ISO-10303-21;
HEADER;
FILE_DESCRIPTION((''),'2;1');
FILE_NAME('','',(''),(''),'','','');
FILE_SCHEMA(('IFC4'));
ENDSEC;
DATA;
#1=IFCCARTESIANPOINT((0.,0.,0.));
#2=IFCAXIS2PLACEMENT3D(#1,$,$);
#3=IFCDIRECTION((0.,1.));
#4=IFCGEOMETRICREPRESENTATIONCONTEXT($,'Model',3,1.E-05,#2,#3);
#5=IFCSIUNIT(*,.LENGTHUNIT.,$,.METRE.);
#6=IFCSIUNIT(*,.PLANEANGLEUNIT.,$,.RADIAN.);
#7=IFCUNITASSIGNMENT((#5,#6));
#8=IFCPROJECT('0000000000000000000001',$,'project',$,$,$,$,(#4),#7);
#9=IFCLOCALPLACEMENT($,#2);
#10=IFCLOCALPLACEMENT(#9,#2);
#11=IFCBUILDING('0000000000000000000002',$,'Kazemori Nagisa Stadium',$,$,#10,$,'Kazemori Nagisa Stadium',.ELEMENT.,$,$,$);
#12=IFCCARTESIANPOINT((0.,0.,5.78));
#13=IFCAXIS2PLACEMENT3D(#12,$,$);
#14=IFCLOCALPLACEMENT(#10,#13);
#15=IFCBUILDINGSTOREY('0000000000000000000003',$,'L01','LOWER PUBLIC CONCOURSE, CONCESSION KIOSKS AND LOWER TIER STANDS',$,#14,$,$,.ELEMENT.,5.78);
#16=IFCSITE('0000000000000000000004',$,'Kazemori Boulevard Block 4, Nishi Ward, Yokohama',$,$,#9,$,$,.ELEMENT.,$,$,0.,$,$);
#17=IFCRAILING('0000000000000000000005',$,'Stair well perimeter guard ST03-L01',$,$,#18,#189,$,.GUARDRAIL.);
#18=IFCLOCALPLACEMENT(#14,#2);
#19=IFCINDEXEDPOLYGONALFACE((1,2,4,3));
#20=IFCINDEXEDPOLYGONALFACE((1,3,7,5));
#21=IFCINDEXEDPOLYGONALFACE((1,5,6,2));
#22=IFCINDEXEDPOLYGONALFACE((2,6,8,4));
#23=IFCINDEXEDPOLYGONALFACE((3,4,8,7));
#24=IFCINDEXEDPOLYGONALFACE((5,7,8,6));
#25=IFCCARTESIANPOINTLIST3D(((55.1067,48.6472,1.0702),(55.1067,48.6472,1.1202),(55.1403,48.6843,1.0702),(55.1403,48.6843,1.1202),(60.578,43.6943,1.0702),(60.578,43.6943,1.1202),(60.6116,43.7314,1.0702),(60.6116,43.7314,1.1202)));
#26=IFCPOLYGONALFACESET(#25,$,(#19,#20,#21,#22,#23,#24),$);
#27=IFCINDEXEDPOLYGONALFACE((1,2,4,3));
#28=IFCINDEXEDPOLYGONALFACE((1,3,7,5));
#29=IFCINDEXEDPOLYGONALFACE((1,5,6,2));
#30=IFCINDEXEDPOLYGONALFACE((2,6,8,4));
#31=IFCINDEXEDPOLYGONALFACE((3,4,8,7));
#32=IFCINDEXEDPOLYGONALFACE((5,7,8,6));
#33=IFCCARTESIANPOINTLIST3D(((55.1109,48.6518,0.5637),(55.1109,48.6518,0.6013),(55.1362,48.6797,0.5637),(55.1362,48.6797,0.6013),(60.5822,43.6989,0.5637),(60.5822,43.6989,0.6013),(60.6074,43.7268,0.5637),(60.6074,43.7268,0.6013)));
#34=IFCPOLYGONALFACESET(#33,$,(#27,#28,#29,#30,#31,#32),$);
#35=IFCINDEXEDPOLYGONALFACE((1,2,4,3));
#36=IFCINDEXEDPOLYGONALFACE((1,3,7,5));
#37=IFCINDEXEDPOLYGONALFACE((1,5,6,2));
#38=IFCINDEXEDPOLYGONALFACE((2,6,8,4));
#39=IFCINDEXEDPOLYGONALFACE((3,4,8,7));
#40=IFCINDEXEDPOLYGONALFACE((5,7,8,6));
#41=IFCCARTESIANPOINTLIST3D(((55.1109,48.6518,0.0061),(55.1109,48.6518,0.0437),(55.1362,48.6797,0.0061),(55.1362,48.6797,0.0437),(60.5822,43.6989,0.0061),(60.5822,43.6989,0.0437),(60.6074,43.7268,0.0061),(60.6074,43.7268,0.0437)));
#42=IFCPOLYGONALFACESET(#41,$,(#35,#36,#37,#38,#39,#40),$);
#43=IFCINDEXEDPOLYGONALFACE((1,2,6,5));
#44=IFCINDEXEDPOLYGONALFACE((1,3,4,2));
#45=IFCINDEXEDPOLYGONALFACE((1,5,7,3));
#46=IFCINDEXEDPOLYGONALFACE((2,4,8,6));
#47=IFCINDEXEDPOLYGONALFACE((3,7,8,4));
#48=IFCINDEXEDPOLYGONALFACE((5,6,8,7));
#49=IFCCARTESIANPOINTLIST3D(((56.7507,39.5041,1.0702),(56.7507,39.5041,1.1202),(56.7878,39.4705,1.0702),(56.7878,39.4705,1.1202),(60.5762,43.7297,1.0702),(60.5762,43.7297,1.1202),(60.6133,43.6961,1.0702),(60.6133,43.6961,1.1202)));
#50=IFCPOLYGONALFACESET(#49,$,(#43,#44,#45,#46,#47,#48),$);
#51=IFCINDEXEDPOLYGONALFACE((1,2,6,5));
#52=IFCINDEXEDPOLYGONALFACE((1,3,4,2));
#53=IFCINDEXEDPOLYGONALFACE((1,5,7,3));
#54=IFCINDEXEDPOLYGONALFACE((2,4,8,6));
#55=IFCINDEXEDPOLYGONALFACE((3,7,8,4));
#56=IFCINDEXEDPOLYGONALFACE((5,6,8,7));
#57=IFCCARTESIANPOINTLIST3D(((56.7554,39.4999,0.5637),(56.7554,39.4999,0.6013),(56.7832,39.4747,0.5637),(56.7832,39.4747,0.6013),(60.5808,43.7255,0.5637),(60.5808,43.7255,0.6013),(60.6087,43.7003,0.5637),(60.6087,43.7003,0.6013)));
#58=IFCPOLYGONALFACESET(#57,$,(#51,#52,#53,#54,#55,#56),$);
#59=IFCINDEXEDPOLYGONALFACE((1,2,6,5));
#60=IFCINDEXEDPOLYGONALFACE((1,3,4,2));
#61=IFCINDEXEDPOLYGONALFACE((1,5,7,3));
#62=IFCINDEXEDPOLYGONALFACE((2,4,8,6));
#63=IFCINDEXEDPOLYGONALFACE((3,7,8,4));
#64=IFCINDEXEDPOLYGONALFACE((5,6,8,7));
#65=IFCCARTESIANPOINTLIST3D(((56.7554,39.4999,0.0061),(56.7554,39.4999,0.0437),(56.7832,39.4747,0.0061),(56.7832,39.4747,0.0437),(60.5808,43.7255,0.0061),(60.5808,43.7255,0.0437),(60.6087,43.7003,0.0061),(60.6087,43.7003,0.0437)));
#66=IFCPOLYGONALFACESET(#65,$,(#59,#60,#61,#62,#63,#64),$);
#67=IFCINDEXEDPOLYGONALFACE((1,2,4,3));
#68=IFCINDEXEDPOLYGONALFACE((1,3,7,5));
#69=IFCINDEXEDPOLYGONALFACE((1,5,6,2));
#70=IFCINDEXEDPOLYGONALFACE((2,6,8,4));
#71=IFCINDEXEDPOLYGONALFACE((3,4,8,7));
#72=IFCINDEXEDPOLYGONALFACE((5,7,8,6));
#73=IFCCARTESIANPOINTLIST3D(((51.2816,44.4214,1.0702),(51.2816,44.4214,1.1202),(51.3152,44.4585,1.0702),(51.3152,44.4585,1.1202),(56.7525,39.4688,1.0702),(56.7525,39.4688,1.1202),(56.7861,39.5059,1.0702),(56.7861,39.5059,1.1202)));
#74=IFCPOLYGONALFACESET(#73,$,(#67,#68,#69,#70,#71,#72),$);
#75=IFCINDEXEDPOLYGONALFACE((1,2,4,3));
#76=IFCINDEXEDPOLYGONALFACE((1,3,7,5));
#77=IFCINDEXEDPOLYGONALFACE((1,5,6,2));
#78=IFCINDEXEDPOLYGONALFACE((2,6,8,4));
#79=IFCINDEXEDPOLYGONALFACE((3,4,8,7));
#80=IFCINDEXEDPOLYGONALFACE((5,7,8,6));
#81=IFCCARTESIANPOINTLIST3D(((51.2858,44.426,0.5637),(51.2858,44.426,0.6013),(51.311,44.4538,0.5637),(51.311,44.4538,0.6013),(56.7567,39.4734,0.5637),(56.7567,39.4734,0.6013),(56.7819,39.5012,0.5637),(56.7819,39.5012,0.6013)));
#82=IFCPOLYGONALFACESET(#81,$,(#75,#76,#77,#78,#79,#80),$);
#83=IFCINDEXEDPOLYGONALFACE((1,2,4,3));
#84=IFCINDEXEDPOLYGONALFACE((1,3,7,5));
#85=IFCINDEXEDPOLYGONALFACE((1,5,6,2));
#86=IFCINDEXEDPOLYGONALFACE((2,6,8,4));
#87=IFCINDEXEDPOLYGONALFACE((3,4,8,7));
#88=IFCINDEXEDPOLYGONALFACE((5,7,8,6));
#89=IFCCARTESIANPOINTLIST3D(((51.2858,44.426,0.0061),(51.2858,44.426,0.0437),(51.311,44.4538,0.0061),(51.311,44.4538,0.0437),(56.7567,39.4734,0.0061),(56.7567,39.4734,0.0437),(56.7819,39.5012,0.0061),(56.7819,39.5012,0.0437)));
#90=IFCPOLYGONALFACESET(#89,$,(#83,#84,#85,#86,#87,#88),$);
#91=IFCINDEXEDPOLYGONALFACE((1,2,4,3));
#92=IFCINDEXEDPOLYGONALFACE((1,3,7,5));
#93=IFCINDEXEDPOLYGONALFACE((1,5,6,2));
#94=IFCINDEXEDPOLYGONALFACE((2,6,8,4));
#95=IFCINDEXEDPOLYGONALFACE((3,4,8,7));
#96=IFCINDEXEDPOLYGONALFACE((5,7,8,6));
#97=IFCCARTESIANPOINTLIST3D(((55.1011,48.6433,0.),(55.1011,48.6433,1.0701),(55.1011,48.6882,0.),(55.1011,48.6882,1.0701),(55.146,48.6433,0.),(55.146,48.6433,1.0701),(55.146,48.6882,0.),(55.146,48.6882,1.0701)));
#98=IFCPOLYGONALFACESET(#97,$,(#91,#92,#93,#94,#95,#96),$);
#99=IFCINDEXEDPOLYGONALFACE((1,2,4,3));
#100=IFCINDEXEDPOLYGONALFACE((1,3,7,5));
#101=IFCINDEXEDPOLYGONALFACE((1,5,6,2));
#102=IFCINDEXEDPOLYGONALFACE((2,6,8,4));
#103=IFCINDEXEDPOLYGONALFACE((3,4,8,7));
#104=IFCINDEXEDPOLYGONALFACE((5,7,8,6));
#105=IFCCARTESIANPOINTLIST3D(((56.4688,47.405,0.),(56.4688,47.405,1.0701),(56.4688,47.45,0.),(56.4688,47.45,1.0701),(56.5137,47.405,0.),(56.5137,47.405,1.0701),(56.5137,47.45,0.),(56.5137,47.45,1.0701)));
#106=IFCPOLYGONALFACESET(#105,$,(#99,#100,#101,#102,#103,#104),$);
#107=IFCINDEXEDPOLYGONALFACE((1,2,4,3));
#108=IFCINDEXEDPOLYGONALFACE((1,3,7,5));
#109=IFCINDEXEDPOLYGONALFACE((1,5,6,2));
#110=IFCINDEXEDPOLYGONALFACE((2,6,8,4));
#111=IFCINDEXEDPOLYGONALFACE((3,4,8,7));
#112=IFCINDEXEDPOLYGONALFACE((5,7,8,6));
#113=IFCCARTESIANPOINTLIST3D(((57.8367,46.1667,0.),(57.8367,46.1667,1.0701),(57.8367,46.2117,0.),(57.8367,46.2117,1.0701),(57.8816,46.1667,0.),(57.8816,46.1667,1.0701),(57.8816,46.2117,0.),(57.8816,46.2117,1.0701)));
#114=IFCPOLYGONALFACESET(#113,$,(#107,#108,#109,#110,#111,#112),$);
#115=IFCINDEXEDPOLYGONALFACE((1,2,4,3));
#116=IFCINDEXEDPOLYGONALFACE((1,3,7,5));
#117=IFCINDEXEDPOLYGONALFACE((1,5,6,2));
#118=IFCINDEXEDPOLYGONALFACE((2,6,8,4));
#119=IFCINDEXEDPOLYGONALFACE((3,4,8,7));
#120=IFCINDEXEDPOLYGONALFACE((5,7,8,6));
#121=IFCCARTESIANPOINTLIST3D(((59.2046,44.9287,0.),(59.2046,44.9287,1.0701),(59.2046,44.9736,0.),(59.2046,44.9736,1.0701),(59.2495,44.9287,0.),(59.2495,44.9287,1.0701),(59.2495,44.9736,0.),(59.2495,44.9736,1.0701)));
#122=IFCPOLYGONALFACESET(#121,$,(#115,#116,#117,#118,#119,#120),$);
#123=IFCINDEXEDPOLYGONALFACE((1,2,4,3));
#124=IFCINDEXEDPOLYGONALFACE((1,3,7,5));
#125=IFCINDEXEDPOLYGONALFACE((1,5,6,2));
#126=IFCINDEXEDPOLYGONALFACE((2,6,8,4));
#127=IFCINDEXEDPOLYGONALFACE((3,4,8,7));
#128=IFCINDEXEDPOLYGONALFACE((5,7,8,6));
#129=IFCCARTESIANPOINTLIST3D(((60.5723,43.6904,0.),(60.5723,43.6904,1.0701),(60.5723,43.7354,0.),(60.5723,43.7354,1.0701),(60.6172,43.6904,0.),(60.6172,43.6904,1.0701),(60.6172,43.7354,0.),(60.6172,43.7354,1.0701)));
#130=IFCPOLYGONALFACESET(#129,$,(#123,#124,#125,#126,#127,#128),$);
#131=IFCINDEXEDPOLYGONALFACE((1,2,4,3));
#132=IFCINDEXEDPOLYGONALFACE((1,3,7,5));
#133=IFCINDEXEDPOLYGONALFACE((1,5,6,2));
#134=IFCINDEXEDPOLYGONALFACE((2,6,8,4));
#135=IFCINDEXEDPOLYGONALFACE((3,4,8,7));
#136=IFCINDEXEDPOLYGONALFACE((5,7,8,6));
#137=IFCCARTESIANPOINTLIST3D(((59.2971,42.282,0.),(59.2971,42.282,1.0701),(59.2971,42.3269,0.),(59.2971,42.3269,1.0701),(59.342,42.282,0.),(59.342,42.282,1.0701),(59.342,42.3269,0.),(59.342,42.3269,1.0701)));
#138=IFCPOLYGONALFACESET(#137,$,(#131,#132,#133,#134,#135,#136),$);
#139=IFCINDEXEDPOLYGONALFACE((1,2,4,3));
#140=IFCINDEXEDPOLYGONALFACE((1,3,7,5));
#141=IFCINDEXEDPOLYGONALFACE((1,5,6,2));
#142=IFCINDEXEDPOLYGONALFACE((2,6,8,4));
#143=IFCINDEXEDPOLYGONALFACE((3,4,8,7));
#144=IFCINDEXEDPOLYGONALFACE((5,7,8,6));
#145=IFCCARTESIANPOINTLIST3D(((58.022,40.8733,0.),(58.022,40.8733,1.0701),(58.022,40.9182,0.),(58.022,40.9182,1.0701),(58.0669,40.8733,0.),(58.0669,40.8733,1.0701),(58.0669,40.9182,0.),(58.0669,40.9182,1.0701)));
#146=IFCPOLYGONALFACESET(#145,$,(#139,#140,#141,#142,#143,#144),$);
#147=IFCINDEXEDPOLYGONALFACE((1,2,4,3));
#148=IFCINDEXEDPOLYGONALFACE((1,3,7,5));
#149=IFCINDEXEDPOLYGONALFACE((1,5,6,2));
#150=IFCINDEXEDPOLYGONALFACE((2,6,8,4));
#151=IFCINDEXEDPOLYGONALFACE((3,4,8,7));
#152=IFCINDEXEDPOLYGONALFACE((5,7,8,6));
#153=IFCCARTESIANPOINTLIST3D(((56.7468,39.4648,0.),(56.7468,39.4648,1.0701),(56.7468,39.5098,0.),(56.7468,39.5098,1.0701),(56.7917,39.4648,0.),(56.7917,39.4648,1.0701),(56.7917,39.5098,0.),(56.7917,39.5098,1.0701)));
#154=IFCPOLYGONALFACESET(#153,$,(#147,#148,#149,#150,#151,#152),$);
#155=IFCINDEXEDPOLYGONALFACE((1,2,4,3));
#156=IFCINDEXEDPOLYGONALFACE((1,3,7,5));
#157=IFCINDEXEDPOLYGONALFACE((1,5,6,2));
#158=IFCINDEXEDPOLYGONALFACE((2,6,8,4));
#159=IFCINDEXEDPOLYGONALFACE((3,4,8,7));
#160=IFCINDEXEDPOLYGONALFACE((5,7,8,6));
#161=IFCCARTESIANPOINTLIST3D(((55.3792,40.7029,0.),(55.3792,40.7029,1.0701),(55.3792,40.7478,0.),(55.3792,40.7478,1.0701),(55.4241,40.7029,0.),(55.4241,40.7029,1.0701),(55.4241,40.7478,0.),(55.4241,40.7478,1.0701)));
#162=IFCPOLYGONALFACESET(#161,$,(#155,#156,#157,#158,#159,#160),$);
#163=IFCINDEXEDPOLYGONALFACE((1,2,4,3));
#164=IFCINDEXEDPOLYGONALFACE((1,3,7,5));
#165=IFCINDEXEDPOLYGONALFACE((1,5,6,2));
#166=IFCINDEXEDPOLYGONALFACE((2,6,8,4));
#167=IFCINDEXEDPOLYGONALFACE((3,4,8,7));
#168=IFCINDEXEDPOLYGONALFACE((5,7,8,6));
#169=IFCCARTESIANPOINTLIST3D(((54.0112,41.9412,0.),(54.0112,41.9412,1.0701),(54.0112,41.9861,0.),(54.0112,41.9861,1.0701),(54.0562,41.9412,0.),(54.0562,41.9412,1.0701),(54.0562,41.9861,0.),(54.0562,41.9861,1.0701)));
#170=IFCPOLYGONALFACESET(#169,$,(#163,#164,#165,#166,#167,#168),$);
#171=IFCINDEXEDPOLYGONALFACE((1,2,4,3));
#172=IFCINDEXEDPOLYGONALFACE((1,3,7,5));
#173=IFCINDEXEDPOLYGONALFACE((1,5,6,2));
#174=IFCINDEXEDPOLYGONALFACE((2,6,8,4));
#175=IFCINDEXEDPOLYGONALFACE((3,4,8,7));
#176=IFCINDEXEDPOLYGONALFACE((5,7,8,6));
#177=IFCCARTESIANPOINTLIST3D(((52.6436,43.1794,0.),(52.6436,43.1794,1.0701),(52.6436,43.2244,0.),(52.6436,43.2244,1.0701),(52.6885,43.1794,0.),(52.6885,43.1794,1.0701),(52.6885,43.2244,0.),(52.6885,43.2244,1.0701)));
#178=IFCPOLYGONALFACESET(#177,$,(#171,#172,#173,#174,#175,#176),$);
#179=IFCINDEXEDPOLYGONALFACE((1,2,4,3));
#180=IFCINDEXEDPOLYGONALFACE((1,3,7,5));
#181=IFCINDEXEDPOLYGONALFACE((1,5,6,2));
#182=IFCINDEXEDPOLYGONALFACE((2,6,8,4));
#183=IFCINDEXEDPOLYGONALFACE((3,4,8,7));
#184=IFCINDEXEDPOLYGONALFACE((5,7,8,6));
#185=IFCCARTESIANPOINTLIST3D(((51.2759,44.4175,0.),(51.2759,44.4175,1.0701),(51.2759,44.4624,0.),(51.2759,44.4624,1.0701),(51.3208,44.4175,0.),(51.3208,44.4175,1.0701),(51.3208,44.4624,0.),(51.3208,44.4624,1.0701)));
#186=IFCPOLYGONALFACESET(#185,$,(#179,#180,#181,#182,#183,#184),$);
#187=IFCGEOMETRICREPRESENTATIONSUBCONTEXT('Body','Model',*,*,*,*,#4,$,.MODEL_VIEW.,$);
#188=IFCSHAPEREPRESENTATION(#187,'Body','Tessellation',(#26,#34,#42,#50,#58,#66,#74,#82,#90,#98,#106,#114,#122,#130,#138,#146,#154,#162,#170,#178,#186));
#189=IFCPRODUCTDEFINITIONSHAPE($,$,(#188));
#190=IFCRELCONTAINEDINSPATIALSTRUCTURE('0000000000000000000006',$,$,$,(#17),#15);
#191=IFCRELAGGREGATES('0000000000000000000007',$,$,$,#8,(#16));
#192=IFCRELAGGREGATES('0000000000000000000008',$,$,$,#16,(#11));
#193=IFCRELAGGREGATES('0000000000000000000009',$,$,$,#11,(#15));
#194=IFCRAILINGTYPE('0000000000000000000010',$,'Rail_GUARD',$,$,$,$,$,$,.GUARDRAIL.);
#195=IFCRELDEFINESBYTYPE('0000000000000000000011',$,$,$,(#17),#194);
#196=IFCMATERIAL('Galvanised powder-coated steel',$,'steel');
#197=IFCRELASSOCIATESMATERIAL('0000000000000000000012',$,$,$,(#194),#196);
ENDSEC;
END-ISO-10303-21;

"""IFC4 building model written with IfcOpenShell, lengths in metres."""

from ifc_helpers import new_model, si_unit, direction, frame, origin, origin_2d, place, context, subcontext, project, spatial, rectangle, extrude, material, type_object, element, save


model = new_model("IFC4")

# Units and contexts
model_context = context("Model", 3, precision=1e-05, world=origin(), true_north=direction((0.0, 1.0)))
body_context = subcontext(model_context, "Body", "Model", "MODEL_VIEW")
ifc_project = project(units=[si_unit("LENGTHUNIT", "METRE"), si_unit("PLANEANGLEUNIT", "RADIAN")], contexts=[model_context])

# Site, building, storey
site_placement = place(None, origin())
site = spatial("IfcSite", under=ifc_project, at=site_placement, Name="Kazemori Boulevard Block 4, Nishi Ward, Yokohama", CompositionType="ELEMENT", RefElevation=0.0)
building_placement = place(site_placement, origin())
building = spatial("IfcBuilding", under=site, at=building_placement, Name="Kazemori Nagisa Stadium", LongName="Kazemori Nagisa Stadium", CompositionType="ELEMENT")
storey_placement = place(building_placement, frame((0.0, 0.0, 5.78)))
storey = spatial("IfcBuildingStorey", under=building, at=storey_placement, Name="L01", Description="LOWER PUBLIC CONCOURSE, CONCESSION KIOSKS AND LOWER TIER STANDS", CompositionType="ELEMENT", Elevation=5.78)

# Railing
ifc_material_1 = material(Name="Galvanised powder-coated steel", Category="steel")
railing_type_1 = type_object("IfcRailingType", Name="Rail_GUARD", PredefinedType="GUARDRAIL", material=ifc_material_1)
railing_1_placement = place(storey_placement, frame((55.1235, 48.6658, 0.0)))
element("IfcRailing", 1, at=railing_1_placement, inside=storey, type_object=railing_type_1, Name="Stair well perimeter guard ST03-L01", PredefinedType="GUARDRAIL", context=body_context, shape_type="SweptSolid", body=[
    extrude(rectangle(XDim=0.05, YDim=0.05, at=origin_2d()), frame((0.0, 0.0, 1.0952), z_axis=(0.74135, -0.671119, 0.0), x_axis=(0.671119, 0.74135, 0.0)), (0.0, 0.0, 1.0), 7.3801),
    extrude(rectangle(XDim=0.0376, YDim=0.0376, at=origin_2d()), frame((0.0, 0.0, 0.5825), z_axis=(0.74135, -0.671119, 0.0), x_axis=(0.671119, 0.74135, 0.0)), (0.0, 0.0, 1.0), 7.3801),
    extrude(rectangle(XDim=0.0376, YDim=0.0376, at=origin_2d()), frame((0.0, 0.0, 0.0249), z_axis=(0.74135, -0.671119, 0.0), x_axis=(0.671119, 0.74135, 0.0)), (0.0, 0.0, 1.0), 7.3801),
    extrude(rectangle(XDim=0.05, YDim=0.05, at=origin_2d()), frame((5.4712, -4.9529, 1.0952), z_axis=(-0.671134, -0.741336, 0.0), x_axis=(0.741336, -0.671134, 0.0)), (0.0, 0.0, 1.0), 5.7),
    extrude(rectangle(XDim=0.0376, YDim=0.0376, at=origin_2d()), frame((5.4712, -4.9529, 0.5825), z_axis=(-0.671134, -0.741336, 0.0), x_axis=(0.741336, -0.671134, 0.0)), (0.0, 0.0, 1.0), 5.7),
    extrude(rectangle(XDim=0.0376, YDim=0.0376, at=origin_2d()), frame((5.4712, -4.9529, 0.0249), z_axis=(-0.671134, -0.741336, 0.0), x_axis=(0.741336, -0.671134, 0.0)), (0.0, 0.0, 1.0), 5.7),
    extrude(rectangle(XDim=0.05, YDim=0.05, at=origin_2d()), frame((1.6458, -9.1785, 1.0952), z_axis=(-0.741352, 0.671117, 0.0), x_axis=(-0.671117, -0.741352, 0.0)), (0.0, 0.0, 1.0), 7.3796),
    extrude(rectangle(XDim=0.0376, YDim=0.0376, at=origin_2d()), frame((1.6458, -9.1785, 0.5825), z_axis=(-0.741352, 0.671117, 0.0), x_axis=(-0.671117, -0.741352, 0.0)), (0.0, 0.0, 1.0), 7.3796),
    extrude(rectangle(XDim=0.0376, YDim=0.0376, at=origin_2d()), frame((1.6458, -9.1785, 0.0249), z_axis=(-0.741352, 0.671117, 0.0), x_axis=(-0.671117, -0.741352, 0.0)), (0.0, 0.0, 1.0), 7.3796),
    extrude(rectangle(XDim=0.0449, YDim=0.0449, at=origin_2d()), origin(), (0.0, 0.0, 1.0), 1.0701),
    extrude(rectangle(XDim=0.0449, YDim=0.0449, at=origin_2d()), frame((1.3677, -1.2383, 0.0)), (0.0, 0.0, 1.0), 1.0701),
    extrude(rectangle(XDim=0.0449, YDim=0.0449, at=origin_2d()), frame((2.7356, -2.4766, 0.0)), (0.0, 0.0, 1.0), 1.0701),
    extrude(rectangle(XDim=0.0449, YDim=0.0449, at=origin_2d()), frame((4.1035, -3.7146, 0.0)), (0.0, 0.0, 1.0), 1.0701),
    extrude(rectangle(XDim=0.0449, YDim=0.0449, at=origin_2d()), frame((5.4712, -4.9529, 0.0)), (0.0, 0.0, 1.0), 1.0701),
    extrude(rectangle(XDim=0.0449, YDim=0.0449, at=origin_2d()), frame((4.196, -6.3613, 0.0)), (0.0, 0.0, 1.0), 1.0701),
    extrude(rectangle(XDim=0.0449, YDim=0.0449, at=origin_2d()), frame((2.9209, -7.77, 0.0)), (0.0, 0.0, 1.0), 1.0701),
    extrude(rectangle(XDim=0.0449, YDim=0.0449, at=origin_2d()), frame((1.6458, -9.1785, 0.0)), (0.0, 0.0, 1.0), 1.0701),
    extrude(rectangle(XDim=0.0449, YDim=0.0449, at=origin_2d()), frame((0.2781, -7.9404, 0.0)), (0.0, 0.0, 1.0), 1.0701),
    extrude(rectangle(XDim=0.0449, YDim=0.0449, at=origin_2d()), frame((-1.0898, -6.7021, 0.0)), (0.0, 0.0, 1.0), 1.0701),
    extrude(rectangle(XDim=0.0449, YDim=0.0449, at=origin_2d()), frame((-2.4575, -5.4639, 0.0)), (0.0, 0.0, 1.0), 1.0701),
    extrude(rectangle(XDim=0.0449, YDim=0.0449, at=origin_2d()), frame((-3.8252, -4.2258, 0.0)), (0.0, 0.0, 1.0), 1.0701),
])

save(model, "model.ifc")
